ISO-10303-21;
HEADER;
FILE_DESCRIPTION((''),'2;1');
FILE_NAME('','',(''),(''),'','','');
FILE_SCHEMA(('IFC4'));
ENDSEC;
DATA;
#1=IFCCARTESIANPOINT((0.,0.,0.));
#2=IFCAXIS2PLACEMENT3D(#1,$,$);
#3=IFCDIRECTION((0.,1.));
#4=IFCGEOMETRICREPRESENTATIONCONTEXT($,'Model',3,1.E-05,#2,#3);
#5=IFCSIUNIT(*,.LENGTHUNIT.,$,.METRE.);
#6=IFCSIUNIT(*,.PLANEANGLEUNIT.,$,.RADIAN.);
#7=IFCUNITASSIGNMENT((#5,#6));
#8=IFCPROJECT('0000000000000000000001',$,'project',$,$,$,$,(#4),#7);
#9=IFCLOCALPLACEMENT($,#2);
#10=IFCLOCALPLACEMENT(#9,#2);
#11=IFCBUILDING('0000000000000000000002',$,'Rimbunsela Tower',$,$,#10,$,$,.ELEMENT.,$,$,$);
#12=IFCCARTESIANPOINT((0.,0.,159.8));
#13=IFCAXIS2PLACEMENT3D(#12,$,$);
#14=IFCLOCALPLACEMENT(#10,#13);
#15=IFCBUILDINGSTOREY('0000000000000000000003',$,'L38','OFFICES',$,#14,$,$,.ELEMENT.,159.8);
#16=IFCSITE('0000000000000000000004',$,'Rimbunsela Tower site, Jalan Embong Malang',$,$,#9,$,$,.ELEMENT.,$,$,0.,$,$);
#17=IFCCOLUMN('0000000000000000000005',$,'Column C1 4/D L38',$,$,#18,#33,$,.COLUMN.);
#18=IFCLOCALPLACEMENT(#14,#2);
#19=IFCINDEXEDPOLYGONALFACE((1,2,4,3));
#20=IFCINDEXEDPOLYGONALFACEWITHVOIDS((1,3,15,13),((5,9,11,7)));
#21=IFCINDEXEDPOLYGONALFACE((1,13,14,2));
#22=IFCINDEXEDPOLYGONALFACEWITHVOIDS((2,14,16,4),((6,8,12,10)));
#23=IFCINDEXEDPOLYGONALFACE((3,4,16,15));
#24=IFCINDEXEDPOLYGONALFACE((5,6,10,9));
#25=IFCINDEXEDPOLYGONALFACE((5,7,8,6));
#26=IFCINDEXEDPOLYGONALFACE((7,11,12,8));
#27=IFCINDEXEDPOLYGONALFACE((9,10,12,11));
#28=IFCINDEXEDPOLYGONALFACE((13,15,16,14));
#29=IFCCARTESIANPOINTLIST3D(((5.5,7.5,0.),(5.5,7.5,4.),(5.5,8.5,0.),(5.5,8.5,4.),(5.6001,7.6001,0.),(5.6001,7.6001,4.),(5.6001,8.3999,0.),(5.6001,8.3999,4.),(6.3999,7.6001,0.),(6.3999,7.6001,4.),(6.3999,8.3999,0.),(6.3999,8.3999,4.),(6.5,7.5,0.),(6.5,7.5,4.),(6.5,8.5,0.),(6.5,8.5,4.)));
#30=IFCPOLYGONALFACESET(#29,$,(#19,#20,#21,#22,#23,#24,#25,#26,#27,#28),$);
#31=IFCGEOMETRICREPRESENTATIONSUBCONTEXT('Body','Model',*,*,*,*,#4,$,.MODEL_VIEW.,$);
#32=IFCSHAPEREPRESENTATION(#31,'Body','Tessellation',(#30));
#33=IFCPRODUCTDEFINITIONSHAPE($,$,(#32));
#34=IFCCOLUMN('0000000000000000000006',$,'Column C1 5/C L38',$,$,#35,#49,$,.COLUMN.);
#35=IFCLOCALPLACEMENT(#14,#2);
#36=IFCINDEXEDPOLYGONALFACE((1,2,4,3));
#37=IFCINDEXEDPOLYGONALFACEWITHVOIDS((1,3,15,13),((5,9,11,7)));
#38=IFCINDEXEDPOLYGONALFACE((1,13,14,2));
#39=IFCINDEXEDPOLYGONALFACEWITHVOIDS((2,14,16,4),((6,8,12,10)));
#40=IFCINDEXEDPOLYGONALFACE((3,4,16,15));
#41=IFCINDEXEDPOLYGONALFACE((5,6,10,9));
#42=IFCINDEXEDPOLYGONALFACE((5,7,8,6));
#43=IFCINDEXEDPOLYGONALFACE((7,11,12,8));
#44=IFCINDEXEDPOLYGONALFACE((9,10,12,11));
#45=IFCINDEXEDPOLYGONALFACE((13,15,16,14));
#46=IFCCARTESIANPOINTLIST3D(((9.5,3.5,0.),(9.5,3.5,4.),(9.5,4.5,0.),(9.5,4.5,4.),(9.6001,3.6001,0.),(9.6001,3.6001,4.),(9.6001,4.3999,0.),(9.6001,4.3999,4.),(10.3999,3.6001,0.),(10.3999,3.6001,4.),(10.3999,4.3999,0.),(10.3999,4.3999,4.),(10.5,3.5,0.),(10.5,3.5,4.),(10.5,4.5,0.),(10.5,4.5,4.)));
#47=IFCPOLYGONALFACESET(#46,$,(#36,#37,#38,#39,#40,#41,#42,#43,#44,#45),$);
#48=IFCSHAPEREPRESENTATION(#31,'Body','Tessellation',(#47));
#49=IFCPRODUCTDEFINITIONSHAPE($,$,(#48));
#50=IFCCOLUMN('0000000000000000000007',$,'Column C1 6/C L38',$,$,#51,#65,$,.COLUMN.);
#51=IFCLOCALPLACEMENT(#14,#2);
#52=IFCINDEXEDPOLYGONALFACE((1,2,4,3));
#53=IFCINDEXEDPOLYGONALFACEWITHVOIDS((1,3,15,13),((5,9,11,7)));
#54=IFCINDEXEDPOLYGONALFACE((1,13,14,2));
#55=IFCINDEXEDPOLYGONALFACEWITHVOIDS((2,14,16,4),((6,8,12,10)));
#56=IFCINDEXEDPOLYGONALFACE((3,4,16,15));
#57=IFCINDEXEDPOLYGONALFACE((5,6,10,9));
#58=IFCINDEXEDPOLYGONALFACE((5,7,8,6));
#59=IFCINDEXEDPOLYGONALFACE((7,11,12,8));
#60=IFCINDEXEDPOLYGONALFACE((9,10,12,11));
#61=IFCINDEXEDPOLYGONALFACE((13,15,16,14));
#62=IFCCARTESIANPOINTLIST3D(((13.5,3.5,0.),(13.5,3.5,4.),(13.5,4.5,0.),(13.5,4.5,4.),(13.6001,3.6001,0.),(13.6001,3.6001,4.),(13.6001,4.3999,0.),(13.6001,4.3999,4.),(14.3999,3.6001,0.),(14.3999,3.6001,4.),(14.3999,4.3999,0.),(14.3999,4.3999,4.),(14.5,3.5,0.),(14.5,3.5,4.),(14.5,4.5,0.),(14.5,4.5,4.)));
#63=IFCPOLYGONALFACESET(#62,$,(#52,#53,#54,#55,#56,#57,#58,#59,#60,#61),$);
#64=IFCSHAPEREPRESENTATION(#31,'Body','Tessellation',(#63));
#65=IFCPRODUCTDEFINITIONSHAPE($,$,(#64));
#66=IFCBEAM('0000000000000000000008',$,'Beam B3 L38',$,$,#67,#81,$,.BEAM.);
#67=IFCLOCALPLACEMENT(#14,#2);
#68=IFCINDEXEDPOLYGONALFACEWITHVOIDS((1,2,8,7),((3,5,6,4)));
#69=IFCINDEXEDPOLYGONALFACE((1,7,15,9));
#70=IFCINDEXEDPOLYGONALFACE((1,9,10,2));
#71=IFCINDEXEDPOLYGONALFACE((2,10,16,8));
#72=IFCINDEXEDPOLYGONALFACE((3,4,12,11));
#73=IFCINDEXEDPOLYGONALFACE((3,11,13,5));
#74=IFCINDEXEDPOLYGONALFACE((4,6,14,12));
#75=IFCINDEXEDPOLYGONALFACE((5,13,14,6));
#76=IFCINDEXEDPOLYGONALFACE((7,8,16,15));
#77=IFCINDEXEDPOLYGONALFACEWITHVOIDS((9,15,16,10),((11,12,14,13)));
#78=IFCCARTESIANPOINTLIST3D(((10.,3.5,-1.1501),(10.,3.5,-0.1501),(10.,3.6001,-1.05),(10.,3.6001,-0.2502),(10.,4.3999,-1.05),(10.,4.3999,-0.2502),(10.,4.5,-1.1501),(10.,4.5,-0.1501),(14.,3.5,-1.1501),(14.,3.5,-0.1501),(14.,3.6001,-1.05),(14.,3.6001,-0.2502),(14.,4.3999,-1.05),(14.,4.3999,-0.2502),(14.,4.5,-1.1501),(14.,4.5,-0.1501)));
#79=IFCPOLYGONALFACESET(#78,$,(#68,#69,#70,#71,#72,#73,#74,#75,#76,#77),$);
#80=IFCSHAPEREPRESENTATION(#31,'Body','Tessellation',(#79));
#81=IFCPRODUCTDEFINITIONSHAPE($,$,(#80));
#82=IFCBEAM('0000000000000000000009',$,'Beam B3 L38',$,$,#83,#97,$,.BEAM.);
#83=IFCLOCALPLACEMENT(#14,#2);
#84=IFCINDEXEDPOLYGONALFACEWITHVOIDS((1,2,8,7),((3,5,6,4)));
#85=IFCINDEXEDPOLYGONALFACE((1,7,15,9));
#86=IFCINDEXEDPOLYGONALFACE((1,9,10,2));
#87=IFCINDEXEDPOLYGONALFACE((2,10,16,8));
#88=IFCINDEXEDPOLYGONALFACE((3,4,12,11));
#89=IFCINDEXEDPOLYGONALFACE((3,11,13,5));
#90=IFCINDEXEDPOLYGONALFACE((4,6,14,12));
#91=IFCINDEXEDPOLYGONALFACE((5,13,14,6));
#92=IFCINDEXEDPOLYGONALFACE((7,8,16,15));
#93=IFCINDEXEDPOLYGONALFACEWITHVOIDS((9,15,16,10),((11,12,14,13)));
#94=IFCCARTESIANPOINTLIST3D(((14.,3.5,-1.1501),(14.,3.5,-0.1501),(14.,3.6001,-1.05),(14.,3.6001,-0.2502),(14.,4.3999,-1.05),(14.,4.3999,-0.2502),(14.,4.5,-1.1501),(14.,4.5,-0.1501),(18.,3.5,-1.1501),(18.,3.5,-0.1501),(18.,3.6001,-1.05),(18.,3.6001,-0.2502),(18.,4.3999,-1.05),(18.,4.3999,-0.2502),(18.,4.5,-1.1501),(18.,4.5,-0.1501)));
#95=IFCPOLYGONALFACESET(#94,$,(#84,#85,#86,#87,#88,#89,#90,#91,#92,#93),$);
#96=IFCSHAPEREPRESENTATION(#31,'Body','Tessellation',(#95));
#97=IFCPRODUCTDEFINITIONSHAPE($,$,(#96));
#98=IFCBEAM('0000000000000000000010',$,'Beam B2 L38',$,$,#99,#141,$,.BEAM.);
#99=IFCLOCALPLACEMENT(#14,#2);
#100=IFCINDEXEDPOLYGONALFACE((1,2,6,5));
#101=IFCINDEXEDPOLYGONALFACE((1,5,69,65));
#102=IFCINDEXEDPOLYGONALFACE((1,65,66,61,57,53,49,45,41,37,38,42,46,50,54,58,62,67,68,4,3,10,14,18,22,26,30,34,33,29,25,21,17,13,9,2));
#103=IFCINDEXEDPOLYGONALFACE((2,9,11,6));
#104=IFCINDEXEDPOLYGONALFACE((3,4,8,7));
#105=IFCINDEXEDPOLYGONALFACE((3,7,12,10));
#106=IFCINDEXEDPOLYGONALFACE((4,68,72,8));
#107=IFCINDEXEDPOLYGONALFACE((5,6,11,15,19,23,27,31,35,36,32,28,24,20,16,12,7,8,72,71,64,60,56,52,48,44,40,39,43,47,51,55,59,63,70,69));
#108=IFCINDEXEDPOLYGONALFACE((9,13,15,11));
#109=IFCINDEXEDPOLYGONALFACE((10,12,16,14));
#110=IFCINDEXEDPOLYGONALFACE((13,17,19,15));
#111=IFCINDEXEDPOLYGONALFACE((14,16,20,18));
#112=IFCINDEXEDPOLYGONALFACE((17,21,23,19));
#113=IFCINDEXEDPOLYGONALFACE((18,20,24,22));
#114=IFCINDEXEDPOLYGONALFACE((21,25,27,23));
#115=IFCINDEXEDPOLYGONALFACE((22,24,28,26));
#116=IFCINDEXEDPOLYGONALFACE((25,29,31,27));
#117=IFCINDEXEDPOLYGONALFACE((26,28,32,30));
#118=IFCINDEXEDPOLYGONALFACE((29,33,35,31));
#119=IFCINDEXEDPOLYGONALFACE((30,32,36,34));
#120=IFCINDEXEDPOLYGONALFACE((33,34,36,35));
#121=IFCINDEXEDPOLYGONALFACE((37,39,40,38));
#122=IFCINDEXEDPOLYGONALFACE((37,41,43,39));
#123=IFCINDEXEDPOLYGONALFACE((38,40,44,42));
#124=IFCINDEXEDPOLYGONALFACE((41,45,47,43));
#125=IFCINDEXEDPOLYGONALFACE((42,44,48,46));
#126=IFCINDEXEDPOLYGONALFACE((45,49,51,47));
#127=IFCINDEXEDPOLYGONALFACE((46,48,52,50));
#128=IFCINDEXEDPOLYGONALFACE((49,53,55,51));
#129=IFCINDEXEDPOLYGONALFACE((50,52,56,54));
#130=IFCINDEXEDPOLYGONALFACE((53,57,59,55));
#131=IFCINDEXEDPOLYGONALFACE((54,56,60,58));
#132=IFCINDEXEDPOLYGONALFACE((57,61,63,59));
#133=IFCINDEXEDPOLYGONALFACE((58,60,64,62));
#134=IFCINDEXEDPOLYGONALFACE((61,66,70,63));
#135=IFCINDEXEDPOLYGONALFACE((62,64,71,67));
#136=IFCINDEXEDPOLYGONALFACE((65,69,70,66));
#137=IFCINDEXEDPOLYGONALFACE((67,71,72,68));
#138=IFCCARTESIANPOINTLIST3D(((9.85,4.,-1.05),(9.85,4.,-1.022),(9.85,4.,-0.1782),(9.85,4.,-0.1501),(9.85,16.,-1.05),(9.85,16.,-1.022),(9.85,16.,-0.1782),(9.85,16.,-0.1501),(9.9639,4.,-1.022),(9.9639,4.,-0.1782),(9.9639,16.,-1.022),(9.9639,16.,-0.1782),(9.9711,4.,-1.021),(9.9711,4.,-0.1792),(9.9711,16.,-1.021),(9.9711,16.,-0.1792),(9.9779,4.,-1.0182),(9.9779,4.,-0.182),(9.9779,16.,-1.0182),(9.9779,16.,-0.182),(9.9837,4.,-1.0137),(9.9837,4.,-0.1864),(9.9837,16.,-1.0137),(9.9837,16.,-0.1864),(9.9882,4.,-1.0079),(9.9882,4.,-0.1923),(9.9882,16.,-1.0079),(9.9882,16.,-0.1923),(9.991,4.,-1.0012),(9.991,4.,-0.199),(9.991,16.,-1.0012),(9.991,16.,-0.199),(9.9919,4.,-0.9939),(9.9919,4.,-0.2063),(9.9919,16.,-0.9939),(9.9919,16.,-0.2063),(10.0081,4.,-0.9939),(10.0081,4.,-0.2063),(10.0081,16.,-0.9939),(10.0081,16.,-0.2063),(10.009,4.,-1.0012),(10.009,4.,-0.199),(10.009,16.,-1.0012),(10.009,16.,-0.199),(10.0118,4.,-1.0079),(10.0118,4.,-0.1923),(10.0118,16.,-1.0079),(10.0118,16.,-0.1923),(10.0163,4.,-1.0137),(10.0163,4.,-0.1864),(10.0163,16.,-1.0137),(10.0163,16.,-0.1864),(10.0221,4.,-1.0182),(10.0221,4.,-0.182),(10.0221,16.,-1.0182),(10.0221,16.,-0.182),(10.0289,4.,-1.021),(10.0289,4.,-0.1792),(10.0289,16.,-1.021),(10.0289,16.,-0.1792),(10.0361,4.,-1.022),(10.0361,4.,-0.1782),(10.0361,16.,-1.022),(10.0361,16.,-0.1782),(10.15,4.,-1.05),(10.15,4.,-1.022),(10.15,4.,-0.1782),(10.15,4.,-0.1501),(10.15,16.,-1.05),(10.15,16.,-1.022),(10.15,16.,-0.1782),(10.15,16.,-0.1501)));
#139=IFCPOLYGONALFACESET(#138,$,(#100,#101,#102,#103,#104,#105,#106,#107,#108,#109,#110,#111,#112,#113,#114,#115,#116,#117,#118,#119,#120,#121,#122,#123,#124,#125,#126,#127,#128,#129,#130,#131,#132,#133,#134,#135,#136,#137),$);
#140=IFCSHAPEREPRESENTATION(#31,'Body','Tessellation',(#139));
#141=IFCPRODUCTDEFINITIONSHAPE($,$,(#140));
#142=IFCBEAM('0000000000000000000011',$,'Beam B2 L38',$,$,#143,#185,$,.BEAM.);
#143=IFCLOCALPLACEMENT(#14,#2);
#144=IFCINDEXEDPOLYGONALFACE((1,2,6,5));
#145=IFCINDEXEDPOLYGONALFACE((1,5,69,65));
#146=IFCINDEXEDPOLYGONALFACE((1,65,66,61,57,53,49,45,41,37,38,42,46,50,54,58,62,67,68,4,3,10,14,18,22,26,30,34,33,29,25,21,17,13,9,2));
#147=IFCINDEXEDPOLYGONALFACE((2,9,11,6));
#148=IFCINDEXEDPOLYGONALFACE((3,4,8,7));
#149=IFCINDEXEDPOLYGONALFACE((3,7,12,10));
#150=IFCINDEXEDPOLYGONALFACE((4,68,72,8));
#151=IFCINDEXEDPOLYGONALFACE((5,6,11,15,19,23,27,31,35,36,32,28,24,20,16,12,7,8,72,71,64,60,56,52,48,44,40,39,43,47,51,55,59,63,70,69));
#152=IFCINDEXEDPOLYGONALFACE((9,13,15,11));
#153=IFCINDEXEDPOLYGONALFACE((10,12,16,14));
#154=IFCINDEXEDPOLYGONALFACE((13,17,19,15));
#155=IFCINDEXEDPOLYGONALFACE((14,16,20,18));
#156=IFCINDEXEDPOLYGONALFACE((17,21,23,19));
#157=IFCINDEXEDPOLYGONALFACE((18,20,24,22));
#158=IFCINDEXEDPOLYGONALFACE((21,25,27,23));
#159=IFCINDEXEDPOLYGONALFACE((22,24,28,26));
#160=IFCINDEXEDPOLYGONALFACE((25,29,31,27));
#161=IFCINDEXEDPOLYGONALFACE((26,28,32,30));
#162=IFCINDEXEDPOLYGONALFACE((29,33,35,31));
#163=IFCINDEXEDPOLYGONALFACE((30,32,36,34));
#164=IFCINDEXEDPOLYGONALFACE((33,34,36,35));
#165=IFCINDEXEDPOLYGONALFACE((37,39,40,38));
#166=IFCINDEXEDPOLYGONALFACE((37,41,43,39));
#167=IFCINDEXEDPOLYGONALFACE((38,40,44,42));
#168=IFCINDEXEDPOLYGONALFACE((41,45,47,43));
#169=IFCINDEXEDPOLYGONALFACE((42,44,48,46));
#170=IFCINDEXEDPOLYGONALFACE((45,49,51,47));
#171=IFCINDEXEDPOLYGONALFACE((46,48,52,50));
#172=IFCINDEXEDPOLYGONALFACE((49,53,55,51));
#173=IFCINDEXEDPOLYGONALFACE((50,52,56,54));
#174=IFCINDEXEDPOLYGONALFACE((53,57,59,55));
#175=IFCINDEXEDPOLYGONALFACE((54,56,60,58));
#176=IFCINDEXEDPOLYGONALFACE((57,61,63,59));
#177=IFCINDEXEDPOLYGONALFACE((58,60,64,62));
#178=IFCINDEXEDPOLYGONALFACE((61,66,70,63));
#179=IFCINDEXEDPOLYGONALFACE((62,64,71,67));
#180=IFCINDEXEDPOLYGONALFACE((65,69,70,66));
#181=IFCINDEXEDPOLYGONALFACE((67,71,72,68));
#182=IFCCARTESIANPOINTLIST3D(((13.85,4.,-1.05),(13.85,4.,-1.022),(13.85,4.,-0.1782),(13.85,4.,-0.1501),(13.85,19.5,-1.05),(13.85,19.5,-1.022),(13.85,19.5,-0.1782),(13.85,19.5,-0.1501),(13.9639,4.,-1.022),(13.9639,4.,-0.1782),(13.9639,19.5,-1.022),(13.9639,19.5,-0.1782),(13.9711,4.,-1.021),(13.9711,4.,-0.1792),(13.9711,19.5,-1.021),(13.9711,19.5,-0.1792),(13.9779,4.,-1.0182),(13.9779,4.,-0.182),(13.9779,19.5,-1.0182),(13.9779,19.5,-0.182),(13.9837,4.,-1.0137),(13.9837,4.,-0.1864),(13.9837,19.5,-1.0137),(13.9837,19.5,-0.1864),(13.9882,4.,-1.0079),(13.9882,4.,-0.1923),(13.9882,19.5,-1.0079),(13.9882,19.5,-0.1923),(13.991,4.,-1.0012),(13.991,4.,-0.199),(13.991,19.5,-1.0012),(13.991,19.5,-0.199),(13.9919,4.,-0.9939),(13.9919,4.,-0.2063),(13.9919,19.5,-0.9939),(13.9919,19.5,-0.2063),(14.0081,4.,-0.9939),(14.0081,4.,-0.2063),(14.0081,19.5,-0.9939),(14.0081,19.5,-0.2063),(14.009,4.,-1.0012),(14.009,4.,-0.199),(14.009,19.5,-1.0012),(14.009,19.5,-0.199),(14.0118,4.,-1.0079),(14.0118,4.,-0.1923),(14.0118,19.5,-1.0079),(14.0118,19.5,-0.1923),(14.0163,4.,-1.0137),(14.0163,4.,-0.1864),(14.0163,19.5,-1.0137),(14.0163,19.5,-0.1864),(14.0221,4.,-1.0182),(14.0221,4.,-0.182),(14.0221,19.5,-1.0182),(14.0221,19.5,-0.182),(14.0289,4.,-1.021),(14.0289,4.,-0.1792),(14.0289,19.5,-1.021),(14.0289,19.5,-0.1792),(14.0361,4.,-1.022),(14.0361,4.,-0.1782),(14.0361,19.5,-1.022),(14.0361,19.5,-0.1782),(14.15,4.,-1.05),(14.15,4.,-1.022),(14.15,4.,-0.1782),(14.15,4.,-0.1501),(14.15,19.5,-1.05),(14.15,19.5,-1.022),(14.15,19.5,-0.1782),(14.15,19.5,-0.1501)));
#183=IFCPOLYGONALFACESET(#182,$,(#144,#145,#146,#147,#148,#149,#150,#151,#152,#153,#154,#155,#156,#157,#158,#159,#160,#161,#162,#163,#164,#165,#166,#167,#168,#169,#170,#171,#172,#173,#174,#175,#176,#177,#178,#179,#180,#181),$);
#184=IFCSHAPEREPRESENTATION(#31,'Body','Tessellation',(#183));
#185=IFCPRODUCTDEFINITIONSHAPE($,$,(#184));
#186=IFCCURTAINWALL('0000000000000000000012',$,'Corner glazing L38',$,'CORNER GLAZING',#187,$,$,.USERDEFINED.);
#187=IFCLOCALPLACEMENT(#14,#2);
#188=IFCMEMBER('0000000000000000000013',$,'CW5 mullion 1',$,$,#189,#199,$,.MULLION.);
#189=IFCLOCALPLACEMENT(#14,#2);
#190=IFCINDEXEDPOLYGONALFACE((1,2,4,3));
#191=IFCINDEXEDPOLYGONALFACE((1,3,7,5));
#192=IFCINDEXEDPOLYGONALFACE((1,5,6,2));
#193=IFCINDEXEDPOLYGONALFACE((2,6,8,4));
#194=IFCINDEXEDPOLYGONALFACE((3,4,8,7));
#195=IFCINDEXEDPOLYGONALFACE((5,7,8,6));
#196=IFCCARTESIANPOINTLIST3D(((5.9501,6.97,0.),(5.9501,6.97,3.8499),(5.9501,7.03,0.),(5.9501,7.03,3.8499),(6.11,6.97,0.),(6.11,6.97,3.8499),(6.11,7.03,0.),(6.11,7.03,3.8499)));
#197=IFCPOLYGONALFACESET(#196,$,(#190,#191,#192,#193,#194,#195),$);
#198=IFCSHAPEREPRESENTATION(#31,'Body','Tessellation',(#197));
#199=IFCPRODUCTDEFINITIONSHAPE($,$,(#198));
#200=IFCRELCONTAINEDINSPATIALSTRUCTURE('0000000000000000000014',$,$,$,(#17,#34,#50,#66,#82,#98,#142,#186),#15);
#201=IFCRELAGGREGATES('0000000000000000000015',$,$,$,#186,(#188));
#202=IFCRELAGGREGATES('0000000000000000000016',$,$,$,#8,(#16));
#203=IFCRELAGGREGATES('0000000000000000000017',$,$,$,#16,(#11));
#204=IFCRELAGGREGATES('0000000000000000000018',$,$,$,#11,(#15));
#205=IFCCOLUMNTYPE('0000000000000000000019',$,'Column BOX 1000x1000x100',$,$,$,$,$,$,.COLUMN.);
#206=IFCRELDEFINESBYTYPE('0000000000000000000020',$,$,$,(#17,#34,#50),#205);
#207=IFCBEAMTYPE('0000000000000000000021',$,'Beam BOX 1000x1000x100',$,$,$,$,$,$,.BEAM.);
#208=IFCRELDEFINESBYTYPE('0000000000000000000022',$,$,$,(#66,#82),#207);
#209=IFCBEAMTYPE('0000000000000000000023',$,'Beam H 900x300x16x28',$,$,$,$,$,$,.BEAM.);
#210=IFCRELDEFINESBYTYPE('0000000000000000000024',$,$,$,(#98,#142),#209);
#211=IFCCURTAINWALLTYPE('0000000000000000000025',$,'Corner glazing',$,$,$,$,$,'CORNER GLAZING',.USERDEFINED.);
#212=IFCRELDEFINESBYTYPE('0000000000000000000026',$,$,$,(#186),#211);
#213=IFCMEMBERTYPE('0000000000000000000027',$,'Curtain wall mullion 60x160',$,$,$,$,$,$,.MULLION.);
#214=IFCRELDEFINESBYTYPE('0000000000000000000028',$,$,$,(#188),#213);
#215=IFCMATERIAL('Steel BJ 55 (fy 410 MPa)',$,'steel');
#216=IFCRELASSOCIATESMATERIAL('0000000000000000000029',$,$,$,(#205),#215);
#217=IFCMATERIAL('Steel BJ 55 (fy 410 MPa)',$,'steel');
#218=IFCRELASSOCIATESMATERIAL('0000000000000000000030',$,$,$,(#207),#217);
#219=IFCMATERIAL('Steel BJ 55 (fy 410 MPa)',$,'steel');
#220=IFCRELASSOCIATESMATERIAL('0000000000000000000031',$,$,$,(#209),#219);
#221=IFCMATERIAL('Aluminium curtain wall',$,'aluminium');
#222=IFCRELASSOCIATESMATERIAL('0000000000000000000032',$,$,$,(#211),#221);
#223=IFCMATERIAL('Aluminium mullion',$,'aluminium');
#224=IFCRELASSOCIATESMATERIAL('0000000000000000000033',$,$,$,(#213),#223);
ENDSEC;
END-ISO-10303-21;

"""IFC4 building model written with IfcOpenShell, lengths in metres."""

from ifc_helpers import new_model, si_unit, direction, frame, origin, origin_2d, place, context, subcontext, project, spatial, rectangle, hollow_rectangle, i_section, extrude, material, material_profile, profile_set, type_object, element, aggregate, save


model = new_model("IFC4")

# Units and contexts
model_context = context("Model", 3, precision=1e-05, world=origin(), true_north=direction((0.0, 1.0)))
body_context = subcontext(model_context, "Body", "Model", "MODEL_VIEW")
ifc_project = project(units=[si_unit("LENGTHUNIT", "METRE"), si_unit("PLANEANGLEUNIT", "RADIAN")], contexts=[model_context])

# Site, building, storey
site_placement = place(None, origin())
site = spatial("IfcSite", under=ifc_project, at=site_placement, Name="Rimbunsela Tower site, Jalan Embong Malang", CompositionType="ELEMENT", RefElevation=0.0)
building_placement = place(site_placement, origin())
building = spatial("IfcBuilding", under=site, at=building_placement, Name="Rimbunsela Tower", CompositionType="ELEMENT")
storey_placement = place(building_placement, frame((0.0, 0.0, 159.8)))
storey = spatial("IfcBuildingStorey", under=building, at=storey_placement, Name="L38", Description="OFFICES", CompositionType="ELEMENT", Elevation=159.8)

# Columns
ifc_material_1 = material(Name="Steel BJ 55 (fy 410 MPa)", Category="steel")
ifc_material_profile_1 = material_profile(ifc_material_1, hollow_rectangle(XDim=1.0, YDim=1.0, WallThickness=0.1001, at=origin_2d()), Name="BOX 1000x1000x100")
ifc_profile_set_1 = profile_set([ifc_material_profile_1], Name="Steel BJ 55 (fy 410 MPa)")
column_type = type_object("IfcColumnType", Name="Column BOX 1000x1000x100", PredefinedType="COLUMN", material=ifc_profile_set_1)
for number, where, z_axis, x_axis, name in (
    (1, (6.0, 8.0, 0.0), (0.0, 0.0, 1.0), (1.0, 0.0, 0.0), "Column C1 4/D L38"),
    (2, (10.0, 4.0, 0.0), (0.0, 0.0, 1.0), (1.0, 0.0, 0.0), "Column C1 5/C L38"),
    (3, (14.0, 4.0, 0.0), (0.0, 0.0, 1.0), (1.0, 0.0, 0.0), "Column C1 6/C L38"),
):
    element("IfcColumn", number, at=place(storey_placement, frame(where, z_axis=z_axis, x_axis=x_axis)), inside=storey, type_object=column_type, Name=name, PredefinedType="COLUMN", context=body_context, shape_type="SweptSolid", body=[
        extrude(hollow_rectangle(XDim=1.0, YDim=1.0, WallThickness=0.1001, at=origin_2d()), origin(), (0.0, 0.0, 1.0), 4.0),
    ])

# Beams
ifc_material_2 = material(Name="Steel BJ 55 (fy 410 MPa)", Category="steel")
ifc_material_profile_2 = material_profile(ifc_material_2, hollow_rectangle(XDim=1.0, YDim=1.0, WallThickness=0.1001, at=origin_2d()), Name="BOX 1000x1000x100")
ifc_profile_set_2 = profile_set([ifc_material_profile_2], Name="Steel BJ 55 (fy 410 MPa)")
beam_type_1 = type_object("IfcBeamType", Name="Beam BOX 1000x1000x100", PredefinedType="BEAM", material=ifc_profile_set_2)
for number, where, z_axis, x_axis, name in (
    (4, (10.0, 4.0, -0.6501), (1.0, 0.0, 0.0), (0.0, 1.0, 0.0), "Beam B3 L38"),
    (5, (14.0, 4.0, -0.6501), (1.0, 0.0, 0.0), (0.0, 1.0, 0.0), "Beam B3 L38"),
):
    element("IfcBeam", number, at=place(storey_placement, frame(where, z_axis=z_axis, x_axis=x_axis)), inside=storey, type_object=beam_type_1, Name=name, PredefinedType="BEAM", context=body_context, shape_type="SweptSolid", body=[
        extrude(hollow_rectangle(XDim=1.0, YDim=1.0, WallThickness=0.1001, at=origin_2d()), origin(), (0.0, 0.0, 1.0), 4.0),
    ])
ifc_material_3 = material(Name="Steel BJ 55 (fy 410 MPa)", Category="steel")
ifc_material_profile_3 = material_profile(ifc_material_3, i_section(OverallWidth=0.3, OverallDepth=0.8999, WebThickness=0.0161, FlangeThickness=0.0281, FilletRadius=0.0281, at=origin_2d()), Name="H 900x300x16x28")
ifc_profile_set_3 = profile_set([ifc_material_profile_3], Name="Steel BJ 55 (fy 410 MPa)")
beam_type_2 = type_object("IfcBeamType", Name="Beam H 900x300x16x28", PredefinedType="BEAM", material=ifc_profile_set_3)
beam_1_placement = place(storey_placement, frame((10.0, 4.0, -0.6001), z_axis=(0.0, 1.0, 0.0), x_axis=(-1.0, 0.0, 0.0)))
element("IfcBeam", 6, at=beam_1_placement, inside=storey, type_object=beam_type_2, Name="Beam B2 L38", PredefinedType="BEAM", context=body_context, shape_type="SweptSolid", body=[
    extrude(i_section(OverallWidth=0.3, OverallDepth=0.8999, WebThickness=0.0161, FlangeThickness=0.0281, FilletRadius=0.0281, at=origin_2d()), origin(), (0.0, 0.0, 1.0), 12.0),
])
beam_2_placement = place(storey_placement, frame((14.0, 4.0, -0.6001), z_axis=(0.0, 1.0, 0.0), x_axis=(-1.0, 0.0, 0.0)))
element("IfcBeam", 7, at=beam_2_placement, inside=storey, type_object=beam_type_2, Name="Beam B2 L38", PredefinedType="BEAM", context=body_context, shape_type="SweptSolid", body=[
    extrude(i_section(OverallWidth=0.3, OverallDepth=0.8999, WebThickness=0.0161, FlangeThickness=0.0281, FilletRadius=0.0281, at=origin_2d()), origin(), (0.0, 0.0, 1.0), 15.5),
])

# Curtain wall, member
ifc_material_4 = material(Name="Aluminium curtain wall", Category="aluminium")
curtain_wall_type = type_object("IfcCurtainWallType", Name="Corner glazing", ElementType="CORNER GLAZING", PredefinedType="USERDEFINED", material=ifc_material_4)
curtain_wall_1_placement = place(storey_placement, origin())
curtain_wall_1 = element("IfcCurtainWall", 8, at=curtain_wall_1_placement, inside=storey, type_object=curtain_wall_type, Name="Corner glazing L38", ObjectType="CORNER GLAZING", PredefinedType="USERDEFINED")
ifc_material_5 = material(Name="Aluminium mullion", Category="aluminium")
ifc_material_profile_4 = material_profile(ifc_material_5, rectangle(XDim=0.0601, YDim=0.1599, at=origin_2d()), Name="Mullion 60x160")
ifc_profile_set_4 = profile_set([ifc_material_profile_4], Name="Aluminium mullion")
member_type_1 = type_object("IfcMemberType", Name="Curtain wall mullion 60x160", PredefinedType="MULLION", material=ifc_profile_set_4)
member_1_placement = place(storey_placement, frame((6.03, 7.0, 0.0), z_axis=(0.0, 0.0, 1.0), x_axis=(0.0, 1.0, 0.0)))
member_1 = element("IfcMember", 9, at=member_1_placement, type_object=member_type_1, Name="CW5 mullion 1", PredefinedType="MULLION", context=body_context, shape_type="SweptSolid", body=[
    extrude(rectangle(XDim=0.0601, YDim=0.1599, at=origin_2d()), origin(), (0.0, 0.0, 1.0), 3.8499),
])

aggregate(curtain_wall_1, [member_1])

save(model, "model.ifc")
